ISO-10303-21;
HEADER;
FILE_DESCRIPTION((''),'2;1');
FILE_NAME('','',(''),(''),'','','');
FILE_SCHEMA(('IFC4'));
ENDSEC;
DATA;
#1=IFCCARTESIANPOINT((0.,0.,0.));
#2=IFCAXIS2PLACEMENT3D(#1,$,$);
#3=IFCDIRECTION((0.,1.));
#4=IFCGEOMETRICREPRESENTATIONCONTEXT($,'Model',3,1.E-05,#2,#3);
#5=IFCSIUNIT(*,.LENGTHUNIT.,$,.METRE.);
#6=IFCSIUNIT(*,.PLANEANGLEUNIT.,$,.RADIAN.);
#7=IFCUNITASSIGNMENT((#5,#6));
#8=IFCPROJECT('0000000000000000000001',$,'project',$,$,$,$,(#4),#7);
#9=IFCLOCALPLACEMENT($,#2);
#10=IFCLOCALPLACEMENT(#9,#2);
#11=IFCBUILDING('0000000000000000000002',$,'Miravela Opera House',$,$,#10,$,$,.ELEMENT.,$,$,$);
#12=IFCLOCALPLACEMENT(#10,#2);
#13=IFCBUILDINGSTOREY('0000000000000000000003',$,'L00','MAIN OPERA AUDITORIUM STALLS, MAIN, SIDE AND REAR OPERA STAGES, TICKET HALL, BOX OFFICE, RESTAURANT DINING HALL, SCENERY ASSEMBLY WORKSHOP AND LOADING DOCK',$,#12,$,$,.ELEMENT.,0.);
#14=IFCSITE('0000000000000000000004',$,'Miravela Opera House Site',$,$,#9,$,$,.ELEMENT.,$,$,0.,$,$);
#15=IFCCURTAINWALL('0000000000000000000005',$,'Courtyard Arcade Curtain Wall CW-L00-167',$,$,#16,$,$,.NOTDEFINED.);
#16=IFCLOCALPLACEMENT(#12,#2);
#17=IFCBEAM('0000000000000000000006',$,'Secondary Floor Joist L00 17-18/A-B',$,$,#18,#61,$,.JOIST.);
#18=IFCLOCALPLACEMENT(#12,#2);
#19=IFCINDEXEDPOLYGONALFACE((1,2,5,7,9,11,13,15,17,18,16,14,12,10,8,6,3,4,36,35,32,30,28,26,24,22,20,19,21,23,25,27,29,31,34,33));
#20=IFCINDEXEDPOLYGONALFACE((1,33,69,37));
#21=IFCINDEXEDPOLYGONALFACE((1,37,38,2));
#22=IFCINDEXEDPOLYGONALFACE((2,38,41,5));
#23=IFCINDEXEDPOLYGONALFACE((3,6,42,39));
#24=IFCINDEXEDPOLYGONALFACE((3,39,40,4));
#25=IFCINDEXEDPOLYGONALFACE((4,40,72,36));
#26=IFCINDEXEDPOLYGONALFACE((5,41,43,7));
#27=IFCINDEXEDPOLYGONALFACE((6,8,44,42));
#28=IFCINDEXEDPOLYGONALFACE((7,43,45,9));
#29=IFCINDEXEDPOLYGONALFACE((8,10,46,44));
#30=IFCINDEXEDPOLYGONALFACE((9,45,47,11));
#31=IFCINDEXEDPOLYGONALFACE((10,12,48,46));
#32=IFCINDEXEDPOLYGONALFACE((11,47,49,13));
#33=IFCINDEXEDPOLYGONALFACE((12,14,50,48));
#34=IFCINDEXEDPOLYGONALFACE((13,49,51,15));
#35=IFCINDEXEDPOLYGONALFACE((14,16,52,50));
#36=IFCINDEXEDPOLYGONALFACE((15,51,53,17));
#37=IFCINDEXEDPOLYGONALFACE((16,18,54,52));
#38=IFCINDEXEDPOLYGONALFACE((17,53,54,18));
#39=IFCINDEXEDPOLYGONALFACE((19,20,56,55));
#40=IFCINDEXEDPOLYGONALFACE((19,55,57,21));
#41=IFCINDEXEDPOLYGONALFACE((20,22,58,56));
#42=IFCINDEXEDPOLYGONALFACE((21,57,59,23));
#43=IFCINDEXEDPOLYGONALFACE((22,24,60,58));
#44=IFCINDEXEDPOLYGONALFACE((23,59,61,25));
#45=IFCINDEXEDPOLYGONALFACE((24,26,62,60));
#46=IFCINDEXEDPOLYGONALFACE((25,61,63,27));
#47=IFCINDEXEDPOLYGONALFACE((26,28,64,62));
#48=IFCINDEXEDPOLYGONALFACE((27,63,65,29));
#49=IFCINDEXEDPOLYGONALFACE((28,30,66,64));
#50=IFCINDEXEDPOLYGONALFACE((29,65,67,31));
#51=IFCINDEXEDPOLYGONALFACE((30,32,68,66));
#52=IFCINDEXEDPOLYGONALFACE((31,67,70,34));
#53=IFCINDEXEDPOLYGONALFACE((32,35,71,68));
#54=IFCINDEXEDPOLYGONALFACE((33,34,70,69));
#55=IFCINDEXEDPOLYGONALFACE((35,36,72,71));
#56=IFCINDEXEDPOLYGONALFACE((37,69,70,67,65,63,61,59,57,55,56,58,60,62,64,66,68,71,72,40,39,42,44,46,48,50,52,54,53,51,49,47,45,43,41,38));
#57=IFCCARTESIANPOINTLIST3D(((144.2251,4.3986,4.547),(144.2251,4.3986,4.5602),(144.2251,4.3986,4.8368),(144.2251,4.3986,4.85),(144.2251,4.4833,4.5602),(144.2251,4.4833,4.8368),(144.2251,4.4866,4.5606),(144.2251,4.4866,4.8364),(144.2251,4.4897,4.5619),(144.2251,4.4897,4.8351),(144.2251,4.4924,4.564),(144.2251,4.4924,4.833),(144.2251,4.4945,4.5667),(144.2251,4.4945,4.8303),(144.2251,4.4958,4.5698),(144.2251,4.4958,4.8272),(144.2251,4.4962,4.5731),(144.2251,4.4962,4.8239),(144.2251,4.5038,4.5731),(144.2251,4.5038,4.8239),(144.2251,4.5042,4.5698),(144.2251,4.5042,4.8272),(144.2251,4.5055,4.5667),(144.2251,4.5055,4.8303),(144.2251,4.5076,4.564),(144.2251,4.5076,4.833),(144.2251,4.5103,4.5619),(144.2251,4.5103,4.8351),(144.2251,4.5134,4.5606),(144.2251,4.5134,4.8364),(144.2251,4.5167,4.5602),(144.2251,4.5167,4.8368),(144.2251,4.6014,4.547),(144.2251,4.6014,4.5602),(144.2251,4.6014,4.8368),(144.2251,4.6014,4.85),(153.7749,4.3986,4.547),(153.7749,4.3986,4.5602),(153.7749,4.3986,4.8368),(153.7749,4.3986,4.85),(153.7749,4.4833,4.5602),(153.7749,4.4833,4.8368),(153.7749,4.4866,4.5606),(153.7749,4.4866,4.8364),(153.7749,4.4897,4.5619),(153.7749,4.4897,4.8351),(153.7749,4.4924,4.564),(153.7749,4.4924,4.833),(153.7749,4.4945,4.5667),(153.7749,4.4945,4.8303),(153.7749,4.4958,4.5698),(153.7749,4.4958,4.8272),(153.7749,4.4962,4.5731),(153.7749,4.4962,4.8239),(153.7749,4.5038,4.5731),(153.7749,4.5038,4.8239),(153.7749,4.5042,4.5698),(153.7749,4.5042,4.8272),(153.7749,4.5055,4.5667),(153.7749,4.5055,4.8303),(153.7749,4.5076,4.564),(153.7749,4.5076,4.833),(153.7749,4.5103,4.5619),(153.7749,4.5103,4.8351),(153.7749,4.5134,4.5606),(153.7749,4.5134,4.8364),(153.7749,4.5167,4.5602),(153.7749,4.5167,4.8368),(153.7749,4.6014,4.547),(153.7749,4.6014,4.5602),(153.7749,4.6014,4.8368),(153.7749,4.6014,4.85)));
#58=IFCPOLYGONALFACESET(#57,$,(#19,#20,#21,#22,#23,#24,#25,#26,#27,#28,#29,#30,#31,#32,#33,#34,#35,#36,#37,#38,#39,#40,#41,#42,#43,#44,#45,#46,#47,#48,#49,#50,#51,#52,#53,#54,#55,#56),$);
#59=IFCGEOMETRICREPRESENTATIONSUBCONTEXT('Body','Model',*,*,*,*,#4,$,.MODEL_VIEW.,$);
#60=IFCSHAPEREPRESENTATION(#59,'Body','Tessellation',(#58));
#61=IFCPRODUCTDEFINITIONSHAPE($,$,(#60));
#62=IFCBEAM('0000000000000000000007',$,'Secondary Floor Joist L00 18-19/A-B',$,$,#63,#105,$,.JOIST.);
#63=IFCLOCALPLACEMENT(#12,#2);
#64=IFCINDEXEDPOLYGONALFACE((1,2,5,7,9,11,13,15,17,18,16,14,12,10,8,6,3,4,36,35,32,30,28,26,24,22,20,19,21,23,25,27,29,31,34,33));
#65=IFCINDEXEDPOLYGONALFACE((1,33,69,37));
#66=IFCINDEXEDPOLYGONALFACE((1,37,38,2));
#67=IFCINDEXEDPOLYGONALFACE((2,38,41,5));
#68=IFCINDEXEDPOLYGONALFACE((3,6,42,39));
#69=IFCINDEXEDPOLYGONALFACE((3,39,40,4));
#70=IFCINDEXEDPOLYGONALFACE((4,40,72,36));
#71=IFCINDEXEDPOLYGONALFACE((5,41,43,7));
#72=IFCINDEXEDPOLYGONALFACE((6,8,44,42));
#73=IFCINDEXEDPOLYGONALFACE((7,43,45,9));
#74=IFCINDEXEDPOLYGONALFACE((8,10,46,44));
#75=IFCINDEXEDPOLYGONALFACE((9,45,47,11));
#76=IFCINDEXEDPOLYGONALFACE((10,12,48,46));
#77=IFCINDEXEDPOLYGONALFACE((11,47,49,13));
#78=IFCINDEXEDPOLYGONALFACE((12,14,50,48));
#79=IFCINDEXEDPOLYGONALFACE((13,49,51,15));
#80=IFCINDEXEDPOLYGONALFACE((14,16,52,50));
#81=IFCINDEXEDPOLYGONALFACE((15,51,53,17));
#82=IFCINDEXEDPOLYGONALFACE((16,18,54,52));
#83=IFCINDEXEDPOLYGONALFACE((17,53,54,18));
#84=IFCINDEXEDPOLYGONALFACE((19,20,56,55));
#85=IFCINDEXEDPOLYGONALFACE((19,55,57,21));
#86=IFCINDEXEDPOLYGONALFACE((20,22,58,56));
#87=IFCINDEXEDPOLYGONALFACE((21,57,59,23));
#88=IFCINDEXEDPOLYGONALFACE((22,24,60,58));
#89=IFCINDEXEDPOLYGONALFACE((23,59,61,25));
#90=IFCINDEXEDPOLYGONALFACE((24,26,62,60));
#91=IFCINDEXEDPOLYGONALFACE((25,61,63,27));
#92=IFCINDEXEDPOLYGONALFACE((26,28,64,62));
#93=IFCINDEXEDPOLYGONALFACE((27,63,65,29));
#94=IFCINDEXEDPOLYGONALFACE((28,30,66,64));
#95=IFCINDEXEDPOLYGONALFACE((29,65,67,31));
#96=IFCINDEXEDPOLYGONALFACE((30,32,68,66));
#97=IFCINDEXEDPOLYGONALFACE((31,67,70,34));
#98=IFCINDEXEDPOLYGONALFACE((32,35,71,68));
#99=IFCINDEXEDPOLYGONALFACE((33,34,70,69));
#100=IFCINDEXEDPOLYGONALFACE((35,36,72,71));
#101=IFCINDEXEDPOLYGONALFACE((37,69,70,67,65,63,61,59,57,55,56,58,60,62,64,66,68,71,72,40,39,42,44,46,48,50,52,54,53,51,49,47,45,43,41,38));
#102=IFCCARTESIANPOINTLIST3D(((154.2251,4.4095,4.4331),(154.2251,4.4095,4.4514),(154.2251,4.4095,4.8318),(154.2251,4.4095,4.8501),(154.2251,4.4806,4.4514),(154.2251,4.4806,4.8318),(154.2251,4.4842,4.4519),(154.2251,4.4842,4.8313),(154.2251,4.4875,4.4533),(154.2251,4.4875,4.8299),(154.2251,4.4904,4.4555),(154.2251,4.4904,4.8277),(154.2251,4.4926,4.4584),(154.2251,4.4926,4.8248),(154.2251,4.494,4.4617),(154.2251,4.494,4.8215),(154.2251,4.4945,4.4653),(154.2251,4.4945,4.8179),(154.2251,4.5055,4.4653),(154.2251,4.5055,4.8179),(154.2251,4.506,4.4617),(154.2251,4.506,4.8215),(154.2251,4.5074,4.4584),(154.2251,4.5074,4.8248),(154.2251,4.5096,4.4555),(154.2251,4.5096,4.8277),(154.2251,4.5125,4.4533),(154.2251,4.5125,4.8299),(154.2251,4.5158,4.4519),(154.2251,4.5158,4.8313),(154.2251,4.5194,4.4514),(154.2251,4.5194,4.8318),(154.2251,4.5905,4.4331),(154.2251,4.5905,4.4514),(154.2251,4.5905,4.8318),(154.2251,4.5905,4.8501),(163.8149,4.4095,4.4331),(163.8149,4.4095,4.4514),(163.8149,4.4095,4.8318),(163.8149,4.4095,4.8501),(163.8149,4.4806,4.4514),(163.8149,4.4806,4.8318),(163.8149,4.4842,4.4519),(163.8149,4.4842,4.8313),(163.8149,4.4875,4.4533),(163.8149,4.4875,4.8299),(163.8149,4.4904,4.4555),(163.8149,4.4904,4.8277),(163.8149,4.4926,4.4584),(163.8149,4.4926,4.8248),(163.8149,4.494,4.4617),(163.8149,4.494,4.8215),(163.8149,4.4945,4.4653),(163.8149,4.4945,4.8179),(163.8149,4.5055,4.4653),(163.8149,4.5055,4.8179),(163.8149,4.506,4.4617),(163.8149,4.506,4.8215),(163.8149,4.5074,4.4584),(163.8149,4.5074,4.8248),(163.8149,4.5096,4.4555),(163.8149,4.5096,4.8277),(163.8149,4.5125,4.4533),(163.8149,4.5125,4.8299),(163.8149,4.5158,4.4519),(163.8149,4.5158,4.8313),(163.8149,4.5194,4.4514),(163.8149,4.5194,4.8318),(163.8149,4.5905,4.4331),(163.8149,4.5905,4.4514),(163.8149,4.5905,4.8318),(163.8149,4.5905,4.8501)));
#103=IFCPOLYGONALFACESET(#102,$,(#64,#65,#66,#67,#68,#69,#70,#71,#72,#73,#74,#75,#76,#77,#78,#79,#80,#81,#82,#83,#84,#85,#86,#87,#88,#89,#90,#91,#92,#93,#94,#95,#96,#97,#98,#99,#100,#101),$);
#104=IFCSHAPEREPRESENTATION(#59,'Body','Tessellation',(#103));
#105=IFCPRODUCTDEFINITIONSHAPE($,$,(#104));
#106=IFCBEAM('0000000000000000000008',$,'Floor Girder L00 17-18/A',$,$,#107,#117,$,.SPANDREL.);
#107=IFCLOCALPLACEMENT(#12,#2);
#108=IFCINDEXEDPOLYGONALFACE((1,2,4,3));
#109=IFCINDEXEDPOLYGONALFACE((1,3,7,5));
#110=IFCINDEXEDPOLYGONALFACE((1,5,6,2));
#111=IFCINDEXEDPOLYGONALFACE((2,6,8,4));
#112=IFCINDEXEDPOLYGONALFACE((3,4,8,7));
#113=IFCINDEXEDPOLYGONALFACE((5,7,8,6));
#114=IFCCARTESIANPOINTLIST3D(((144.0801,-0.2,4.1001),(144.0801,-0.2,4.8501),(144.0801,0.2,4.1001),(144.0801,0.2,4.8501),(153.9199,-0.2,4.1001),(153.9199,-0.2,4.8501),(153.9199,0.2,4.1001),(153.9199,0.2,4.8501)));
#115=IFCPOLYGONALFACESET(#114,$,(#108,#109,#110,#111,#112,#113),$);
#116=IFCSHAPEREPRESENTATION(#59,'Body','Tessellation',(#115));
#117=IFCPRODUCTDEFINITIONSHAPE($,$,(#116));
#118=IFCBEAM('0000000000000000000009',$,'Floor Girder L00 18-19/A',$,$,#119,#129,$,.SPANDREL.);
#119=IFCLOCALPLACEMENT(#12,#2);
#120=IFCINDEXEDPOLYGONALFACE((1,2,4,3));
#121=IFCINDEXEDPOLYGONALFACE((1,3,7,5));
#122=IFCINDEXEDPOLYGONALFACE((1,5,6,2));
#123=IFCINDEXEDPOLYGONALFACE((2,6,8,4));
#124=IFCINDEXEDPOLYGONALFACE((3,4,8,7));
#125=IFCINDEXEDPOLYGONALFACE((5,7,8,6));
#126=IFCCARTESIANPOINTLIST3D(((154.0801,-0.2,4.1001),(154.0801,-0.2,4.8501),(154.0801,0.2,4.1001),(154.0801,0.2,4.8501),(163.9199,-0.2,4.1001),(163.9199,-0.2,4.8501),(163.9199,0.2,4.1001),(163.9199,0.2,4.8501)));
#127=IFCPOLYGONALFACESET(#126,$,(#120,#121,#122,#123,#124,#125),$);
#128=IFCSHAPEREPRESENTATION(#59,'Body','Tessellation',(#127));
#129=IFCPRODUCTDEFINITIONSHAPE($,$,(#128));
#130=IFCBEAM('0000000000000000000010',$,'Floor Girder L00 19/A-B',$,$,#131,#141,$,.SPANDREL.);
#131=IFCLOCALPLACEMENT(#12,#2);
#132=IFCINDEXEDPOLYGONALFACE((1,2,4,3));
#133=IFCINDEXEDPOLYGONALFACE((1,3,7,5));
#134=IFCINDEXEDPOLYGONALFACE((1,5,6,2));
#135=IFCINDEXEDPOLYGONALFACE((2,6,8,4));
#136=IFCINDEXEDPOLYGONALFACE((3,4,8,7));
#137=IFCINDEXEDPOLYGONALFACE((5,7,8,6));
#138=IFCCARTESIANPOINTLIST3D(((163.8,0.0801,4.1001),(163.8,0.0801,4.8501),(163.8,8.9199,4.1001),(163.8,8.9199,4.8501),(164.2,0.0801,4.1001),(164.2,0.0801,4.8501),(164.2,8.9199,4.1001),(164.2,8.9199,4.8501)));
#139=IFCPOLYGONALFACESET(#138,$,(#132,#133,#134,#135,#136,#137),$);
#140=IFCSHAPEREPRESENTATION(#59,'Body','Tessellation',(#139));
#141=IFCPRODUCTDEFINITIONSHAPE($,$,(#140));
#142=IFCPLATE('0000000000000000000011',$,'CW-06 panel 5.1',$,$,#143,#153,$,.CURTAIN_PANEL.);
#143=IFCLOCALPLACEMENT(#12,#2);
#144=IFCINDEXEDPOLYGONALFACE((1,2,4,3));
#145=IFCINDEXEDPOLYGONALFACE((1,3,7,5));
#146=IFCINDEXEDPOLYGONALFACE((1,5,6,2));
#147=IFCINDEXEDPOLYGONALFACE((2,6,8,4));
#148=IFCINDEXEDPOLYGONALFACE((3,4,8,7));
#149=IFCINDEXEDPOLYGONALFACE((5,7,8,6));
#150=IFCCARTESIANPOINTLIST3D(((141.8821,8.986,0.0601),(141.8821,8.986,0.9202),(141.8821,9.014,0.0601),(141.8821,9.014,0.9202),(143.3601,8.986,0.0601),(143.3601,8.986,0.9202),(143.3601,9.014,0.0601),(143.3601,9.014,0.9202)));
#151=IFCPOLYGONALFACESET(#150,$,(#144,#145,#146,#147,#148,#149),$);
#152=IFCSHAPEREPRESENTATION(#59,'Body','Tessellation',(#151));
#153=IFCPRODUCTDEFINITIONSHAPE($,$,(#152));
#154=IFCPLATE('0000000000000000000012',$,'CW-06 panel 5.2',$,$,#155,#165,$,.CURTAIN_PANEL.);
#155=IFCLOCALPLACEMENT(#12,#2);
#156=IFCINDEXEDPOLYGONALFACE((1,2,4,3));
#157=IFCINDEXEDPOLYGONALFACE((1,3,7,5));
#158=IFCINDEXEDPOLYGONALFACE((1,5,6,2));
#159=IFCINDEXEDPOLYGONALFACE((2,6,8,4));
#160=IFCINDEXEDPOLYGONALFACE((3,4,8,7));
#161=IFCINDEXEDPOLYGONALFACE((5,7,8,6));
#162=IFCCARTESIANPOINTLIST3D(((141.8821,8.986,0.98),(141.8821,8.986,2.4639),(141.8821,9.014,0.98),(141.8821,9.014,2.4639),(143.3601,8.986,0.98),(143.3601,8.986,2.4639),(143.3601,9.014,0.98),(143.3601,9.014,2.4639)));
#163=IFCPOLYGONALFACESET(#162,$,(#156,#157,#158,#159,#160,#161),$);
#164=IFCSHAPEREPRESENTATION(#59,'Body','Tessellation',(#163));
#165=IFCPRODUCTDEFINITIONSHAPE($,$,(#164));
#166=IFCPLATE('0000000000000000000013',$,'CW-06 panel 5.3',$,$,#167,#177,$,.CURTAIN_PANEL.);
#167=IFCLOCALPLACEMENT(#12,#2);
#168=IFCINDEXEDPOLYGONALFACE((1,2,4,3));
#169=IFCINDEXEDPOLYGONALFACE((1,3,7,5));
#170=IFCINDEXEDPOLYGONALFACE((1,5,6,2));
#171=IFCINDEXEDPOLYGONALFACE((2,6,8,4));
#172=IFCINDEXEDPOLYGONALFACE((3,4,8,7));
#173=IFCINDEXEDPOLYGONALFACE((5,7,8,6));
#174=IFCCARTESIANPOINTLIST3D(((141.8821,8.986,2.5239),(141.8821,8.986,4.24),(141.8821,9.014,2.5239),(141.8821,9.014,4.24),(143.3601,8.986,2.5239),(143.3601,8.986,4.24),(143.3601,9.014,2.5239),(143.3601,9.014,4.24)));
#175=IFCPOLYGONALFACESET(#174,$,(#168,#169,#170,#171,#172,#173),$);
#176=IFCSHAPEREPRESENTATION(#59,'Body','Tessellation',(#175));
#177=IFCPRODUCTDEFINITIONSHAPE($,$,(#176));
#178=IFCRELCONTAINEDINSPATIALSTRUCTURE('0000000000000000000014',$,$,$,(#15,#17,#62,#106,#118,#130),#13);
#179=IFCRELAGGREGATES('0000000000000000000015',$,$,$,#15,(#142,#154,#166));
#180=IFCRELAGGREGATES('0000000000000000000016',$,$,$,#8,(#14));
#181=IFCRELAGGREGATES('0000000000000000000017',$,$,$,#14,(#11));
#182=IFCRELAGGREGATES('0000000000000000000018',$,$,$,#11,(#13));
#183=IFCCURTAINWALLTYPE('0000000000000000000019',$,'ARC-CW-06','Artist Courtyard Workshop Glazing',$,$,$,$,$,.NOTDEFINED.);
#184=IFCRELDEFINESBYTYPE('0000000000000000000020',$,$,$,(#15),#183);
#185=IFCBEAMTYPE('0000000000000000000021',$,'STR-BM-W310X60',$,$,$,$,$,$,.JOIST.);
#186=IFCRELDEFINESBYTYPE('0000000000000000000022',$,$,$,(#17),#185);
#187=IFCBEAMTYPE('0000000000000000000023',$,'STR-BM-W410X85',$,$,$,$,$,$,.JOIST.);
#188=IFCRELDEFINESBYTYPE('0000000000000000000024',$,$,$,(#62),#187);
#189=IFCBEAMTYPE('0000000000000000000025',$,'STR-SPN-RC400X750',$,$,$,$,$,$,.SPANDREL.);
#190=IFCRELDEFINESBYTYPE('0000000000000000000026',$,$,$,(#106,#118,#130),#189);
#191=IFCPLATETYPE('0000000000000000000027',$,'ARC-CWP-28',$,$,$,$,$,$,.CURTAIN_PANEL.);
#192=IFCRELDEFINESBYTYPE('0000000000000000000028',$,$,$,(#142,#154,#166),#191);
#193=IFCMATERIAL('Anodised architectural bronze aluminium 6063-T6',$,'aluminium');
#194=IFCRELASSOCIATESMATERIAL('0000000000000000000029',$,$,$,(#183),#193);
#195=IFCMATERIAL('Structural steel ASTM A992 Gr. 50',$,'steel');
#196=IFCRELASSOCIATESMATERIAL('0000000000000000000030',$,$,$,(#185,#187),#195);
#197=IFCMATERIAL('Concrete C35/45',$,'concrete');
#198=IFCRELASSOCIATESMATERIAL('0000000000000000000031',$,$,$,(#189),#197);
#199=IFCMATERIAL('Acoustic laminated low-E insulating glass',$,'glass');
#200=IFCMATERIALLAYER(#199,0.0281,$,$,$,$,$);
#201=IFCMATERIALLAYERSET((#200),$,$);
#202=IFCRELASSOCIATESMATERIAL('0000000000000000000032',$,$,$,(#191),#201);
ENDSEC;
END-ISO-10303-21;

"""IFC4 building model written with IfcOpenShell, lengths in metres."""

from ifc_helpers import new_model, si_unit, direction, frame, origin, origin_2d, place, context, subcontext, project, spatial, rectangle, i_section, extrude, material, layer, layer_set, material_profile, profile_set, type_object, element, aggregate, save


model = new_model("IFC4")

# Units and contexts
model_context = context("Model", 3, precision=1e-05, world=origin(), true_north=direction((0.0, 1.0)))
body_context = subcontext(model_context, "Body", "Model", "MODEL_VIEW")
ifc_project = project(units=[si_unit("LENGTHUNIT", "METRE"), si_unit("PLANEANGLEUNIT", "RADIAN")], contexts=[model_context])

# Site, building, storey
site_placement = place(None, origin())
site = spatial("IfcSite", under=ifc_project, at=site_placement, Name="Miravela Opera House Site", CompositionType="ELEMENT", RefElevation=0.0)
building_placement = place(site_placement, origin())
building = spatial("IfcBuilding", under=site, at=building_placement, Name="Miravela Opera House", CompositionType="ELEMENT")
storey_placement = place(building_placement, origin())
storey = spatial("IfcBuildingStorey", under=building, at=storey_placement, Name="L00", Description="MAIN OPERA AUDITORIUM STALLS, MAIN, SIDE AND REAR OPERA STAGES, TICKET HALL, BOX OFFICE, RESTAURANT DINING HALL, SCENERY ASSEMBLY WORKSHOP AND LOADING DOCK", CompositionType="ELEMENT", Elevation=0.0)

# Shared definitions
ifc_material_1 = material(Name="Concrete C35/45", Category="concrete")

# Curtain wall
ifc_material_2 = material(Name="Anodised architectural bronze aluminium 6063-T6", Category="aluminium")
curtain_wall_type = type_object("IfcCurtainWallType", Name="ARC-CW-06", Description="Artist Courtyard Workshop Glazing", PredefinedType="NOTDEFINED", material=ifc_material_2)
curtain_wall_placement = place(storey_placement, origin())
curtain_wall = element("IfcCurtainWall", 1, at=curtain_wall_placement, inside=storey, type_object=curtain_wall_type, Name="Courtyard Arcade Curtain Wall CW-L00-167", PredefinedType="NOTDEFINED")

# Beams
ifc_material_3 = material(Name="Structural steel ASTM A992 Gr. 50", Category="steel")
ifc_material_profile_1 = material_profile(ifc_material_3, i_section(OverallWidth=0.2029, OverallDepth=0.303, WebThickness=0.0076, FlangeThickness=0.0132, FilletRadius=0.0129, at=origin_2d()), Name="W310X60")
ifc_profile_set_1 = profile_set([ifc_material_profile_1])
beam_type_1 = type_object("IfcBeamType", Name="STR-BM-W310X60", PredefinedType="JOIST", material=ifc_profile_set_1)
beam_1_placement = place(storey_placement, frame((144.2251, 4.5, 4.6985), z_axis=(1.0, 0.0, 0.0), x_axis=(0.0, 1.0, 0.0)))
element("IfcBeam", 2, at=beam_1_placement, inside=storey, type_object=beam_type_1, Name="Secondary Floor Joist L00 17-18/A-B", PredefinedType="JOIST", context=body_context, shape_type="SweptSolid", body=[
    extrude(i_section(OverallWidth=0.2029, OverallDepth=0.303, WebThickness=0.0076, FlangeThickness=0.0132, FilletRadius=0.0129, at=origin_2d()), origin(), (0.0, 0.0, 1.0), 9.5498),
])
ifc_material_profile_2 = material_profile(ifc_material_3, i_section(OverallWidth=0.1809, OverallDepth=0.417, WebThickness=0.011, FlangeThickness=0.0183, FilletRadius=0.0139, at=origin_2d()), Name="W410X85")
ifc_profile_set_2 = profile_set([ifc_material_profile_2])
beam_type_2 = type_object("IfcBeamType", Name="STR-BM-W410X85", PredefinedType="JOIST", material=ifc_profile_set_2)
beam_2_placement = place(storey_placement, frame((154.2251, 4.5, 4.6416), z_axis=(1.0, 0.0, 0.0), x_axis=(0.0, 1.0, 0.0)))
element("IfcBeam", 3, at=beam_2_placement, inside=storey, type_object=beam_type_2, Name="Secondary Floor Joist L00 18-19/A-B", PredefinedType="JOIST", context=body_context, shape_type="SweptSolid", body=[
    extrude(i_section(OverallWidth=0.1809, OverallDepth=0.417, WebThickness=0.011, FlangeThickness=0.0183, FilletRadius=0.0139, at=origin_2d()), origin(), (0.0, 0.0, 1.0), 9.5898),
])
ifc_material_profile_3 = material_profile(ifc_material_1, rectangle(XDim=0.3999, YDim=0.75, at=origin_2d()), Name="RC-SPN-400X750")
ifc_profile_set_3 = profile_set([ifc_material_profile_3])
beam_type_3 = type_object("IfcBeamType", Name="STR-SPN-RC400X750", PredefinedType="SPANDREL", material=ifc_profile_set_3)
for number, where, z_axis, x_axis, name in (
    (4, (144.0801, 0.0, 4.4751), (1.0, 0.0, 0.0), (0.0, 1.0, 0.0), "Floor Girder L00 17-18/A"),
    (5, (154.0801, 0.0, 4.4751), (1.0, 0.0, 0.0), (0.0, 1.0, 0.0), "Floor Girder L00 18-19/A"),
):
    element("IfcBeam", number, at=place(storey_placement, frame(where, z_axis=z_axis, x_axis=x_axis)), inside=storey, type_object=beam_type_3, Name=name, PredefinedType="SPANDREL", context=body_context, shape_type="SweptSolid", body=[
        extrude(rectangle(XDim=0.3999, YDim=0.75, at=origin_2d()), origin(), (0.0, 0.0, 1.0), 9.8398),
    ])
beam_3_placement = place(storey_placement, frame((164.0, 0.0801, 4.4751), z_axis=(0.0, 1.0, 0.0), x_axis=(-1.0, 0.0, 0.0)))
element("IfcBeam", 6, at=beam_3_placement, inside=storey, type_object=beam_type_3, Name="Floor Girder L00 19/A-B", PredefinedType="SPANDREL", context=body_context, shape_type="SweptSolid", body=[
    extrude(rectangle(XDim=0.3999, YDim=0.75, at=origin_2d()), origin(), (0.0, 0.0, 1.0), 8.8398),
])

# Plates
ifc_material_4 = material(Name="Acoustic laminated low-E insulating glass", Category="glass")
ifc_layer_1 = layer(ifc_material_4, 0.0281)
ifc_layer_set_1 = layer_set([ifc_layer_1])
plate_type = type_object("IfcPlateType", Name="ARC-CWP-28", PredefinedType="CURTAIN_PANEL", material=ifc_layer_set_1)
plate_1_placement = place(storey_placement, frame((142.6211, 9.0, 0.0601), z_axis=(0.0, 0.0, 1.0), x_axis=(1.0, 0.0, 0.0)))
plate_1 = element("IfcPlate", 7, at=plate_1_placement, type_object=plate_type, Name="CW-06 panel 5.1", PredefinedType="CURTAIN_PANEL", context=body_context, shape_type="SweptSolid", body=[
    extrude(rectangle(XDim=1.478, YDim=0.0281, at=origin_2d()), origin(), (0.0, 0.0, 1.0), 0.8601),
])
plate_2_placement = place(storey_placement, frame((142.6211, 9.0, 0.98), z_axis=(0.0, 0.0, 1.0), x_axis=(1.0, 0.0, 0.0)))
plate_2 = element("IfcPlate", 8, at=plate_2_placement, type_object=plate_type, Name="CW-06 panel 5.2", PredefinedType="CURTAIN_PANEL", context=body_context, shape_type="SweptSolid", body=[
    extrude(rectangle(XDim=1.478, YDim=0.0281, at=origin_2d()), origin(), (0.0, 0.0, 1.0), 1.4839),
])
plate_3_placement = place(storey_placement, frame((142.6211, 9.0, 2.5239), z_axis=(0.0, 0.0, 1.0), x_axis=(1.0, 0.0, 0.0)))
plate_3 = element("IfcPlate", 9, at=plate_3_placement, type_object=plate_type, Name="CW-06 panel 5.3", PredefinedType="CURTAIN_PANEL", context=body_context, shape_type="SweptSolid", body=[
    extrude(rectangle(XDim=1.478, YDim=0.0281, at=origin_2d()), origin(), (0.0, 0.0, 1.0), 1.7161),
])
aggregate(curtain_wall, [plate_1, plate_2, plate_3])

save(model, "model.ifc")
